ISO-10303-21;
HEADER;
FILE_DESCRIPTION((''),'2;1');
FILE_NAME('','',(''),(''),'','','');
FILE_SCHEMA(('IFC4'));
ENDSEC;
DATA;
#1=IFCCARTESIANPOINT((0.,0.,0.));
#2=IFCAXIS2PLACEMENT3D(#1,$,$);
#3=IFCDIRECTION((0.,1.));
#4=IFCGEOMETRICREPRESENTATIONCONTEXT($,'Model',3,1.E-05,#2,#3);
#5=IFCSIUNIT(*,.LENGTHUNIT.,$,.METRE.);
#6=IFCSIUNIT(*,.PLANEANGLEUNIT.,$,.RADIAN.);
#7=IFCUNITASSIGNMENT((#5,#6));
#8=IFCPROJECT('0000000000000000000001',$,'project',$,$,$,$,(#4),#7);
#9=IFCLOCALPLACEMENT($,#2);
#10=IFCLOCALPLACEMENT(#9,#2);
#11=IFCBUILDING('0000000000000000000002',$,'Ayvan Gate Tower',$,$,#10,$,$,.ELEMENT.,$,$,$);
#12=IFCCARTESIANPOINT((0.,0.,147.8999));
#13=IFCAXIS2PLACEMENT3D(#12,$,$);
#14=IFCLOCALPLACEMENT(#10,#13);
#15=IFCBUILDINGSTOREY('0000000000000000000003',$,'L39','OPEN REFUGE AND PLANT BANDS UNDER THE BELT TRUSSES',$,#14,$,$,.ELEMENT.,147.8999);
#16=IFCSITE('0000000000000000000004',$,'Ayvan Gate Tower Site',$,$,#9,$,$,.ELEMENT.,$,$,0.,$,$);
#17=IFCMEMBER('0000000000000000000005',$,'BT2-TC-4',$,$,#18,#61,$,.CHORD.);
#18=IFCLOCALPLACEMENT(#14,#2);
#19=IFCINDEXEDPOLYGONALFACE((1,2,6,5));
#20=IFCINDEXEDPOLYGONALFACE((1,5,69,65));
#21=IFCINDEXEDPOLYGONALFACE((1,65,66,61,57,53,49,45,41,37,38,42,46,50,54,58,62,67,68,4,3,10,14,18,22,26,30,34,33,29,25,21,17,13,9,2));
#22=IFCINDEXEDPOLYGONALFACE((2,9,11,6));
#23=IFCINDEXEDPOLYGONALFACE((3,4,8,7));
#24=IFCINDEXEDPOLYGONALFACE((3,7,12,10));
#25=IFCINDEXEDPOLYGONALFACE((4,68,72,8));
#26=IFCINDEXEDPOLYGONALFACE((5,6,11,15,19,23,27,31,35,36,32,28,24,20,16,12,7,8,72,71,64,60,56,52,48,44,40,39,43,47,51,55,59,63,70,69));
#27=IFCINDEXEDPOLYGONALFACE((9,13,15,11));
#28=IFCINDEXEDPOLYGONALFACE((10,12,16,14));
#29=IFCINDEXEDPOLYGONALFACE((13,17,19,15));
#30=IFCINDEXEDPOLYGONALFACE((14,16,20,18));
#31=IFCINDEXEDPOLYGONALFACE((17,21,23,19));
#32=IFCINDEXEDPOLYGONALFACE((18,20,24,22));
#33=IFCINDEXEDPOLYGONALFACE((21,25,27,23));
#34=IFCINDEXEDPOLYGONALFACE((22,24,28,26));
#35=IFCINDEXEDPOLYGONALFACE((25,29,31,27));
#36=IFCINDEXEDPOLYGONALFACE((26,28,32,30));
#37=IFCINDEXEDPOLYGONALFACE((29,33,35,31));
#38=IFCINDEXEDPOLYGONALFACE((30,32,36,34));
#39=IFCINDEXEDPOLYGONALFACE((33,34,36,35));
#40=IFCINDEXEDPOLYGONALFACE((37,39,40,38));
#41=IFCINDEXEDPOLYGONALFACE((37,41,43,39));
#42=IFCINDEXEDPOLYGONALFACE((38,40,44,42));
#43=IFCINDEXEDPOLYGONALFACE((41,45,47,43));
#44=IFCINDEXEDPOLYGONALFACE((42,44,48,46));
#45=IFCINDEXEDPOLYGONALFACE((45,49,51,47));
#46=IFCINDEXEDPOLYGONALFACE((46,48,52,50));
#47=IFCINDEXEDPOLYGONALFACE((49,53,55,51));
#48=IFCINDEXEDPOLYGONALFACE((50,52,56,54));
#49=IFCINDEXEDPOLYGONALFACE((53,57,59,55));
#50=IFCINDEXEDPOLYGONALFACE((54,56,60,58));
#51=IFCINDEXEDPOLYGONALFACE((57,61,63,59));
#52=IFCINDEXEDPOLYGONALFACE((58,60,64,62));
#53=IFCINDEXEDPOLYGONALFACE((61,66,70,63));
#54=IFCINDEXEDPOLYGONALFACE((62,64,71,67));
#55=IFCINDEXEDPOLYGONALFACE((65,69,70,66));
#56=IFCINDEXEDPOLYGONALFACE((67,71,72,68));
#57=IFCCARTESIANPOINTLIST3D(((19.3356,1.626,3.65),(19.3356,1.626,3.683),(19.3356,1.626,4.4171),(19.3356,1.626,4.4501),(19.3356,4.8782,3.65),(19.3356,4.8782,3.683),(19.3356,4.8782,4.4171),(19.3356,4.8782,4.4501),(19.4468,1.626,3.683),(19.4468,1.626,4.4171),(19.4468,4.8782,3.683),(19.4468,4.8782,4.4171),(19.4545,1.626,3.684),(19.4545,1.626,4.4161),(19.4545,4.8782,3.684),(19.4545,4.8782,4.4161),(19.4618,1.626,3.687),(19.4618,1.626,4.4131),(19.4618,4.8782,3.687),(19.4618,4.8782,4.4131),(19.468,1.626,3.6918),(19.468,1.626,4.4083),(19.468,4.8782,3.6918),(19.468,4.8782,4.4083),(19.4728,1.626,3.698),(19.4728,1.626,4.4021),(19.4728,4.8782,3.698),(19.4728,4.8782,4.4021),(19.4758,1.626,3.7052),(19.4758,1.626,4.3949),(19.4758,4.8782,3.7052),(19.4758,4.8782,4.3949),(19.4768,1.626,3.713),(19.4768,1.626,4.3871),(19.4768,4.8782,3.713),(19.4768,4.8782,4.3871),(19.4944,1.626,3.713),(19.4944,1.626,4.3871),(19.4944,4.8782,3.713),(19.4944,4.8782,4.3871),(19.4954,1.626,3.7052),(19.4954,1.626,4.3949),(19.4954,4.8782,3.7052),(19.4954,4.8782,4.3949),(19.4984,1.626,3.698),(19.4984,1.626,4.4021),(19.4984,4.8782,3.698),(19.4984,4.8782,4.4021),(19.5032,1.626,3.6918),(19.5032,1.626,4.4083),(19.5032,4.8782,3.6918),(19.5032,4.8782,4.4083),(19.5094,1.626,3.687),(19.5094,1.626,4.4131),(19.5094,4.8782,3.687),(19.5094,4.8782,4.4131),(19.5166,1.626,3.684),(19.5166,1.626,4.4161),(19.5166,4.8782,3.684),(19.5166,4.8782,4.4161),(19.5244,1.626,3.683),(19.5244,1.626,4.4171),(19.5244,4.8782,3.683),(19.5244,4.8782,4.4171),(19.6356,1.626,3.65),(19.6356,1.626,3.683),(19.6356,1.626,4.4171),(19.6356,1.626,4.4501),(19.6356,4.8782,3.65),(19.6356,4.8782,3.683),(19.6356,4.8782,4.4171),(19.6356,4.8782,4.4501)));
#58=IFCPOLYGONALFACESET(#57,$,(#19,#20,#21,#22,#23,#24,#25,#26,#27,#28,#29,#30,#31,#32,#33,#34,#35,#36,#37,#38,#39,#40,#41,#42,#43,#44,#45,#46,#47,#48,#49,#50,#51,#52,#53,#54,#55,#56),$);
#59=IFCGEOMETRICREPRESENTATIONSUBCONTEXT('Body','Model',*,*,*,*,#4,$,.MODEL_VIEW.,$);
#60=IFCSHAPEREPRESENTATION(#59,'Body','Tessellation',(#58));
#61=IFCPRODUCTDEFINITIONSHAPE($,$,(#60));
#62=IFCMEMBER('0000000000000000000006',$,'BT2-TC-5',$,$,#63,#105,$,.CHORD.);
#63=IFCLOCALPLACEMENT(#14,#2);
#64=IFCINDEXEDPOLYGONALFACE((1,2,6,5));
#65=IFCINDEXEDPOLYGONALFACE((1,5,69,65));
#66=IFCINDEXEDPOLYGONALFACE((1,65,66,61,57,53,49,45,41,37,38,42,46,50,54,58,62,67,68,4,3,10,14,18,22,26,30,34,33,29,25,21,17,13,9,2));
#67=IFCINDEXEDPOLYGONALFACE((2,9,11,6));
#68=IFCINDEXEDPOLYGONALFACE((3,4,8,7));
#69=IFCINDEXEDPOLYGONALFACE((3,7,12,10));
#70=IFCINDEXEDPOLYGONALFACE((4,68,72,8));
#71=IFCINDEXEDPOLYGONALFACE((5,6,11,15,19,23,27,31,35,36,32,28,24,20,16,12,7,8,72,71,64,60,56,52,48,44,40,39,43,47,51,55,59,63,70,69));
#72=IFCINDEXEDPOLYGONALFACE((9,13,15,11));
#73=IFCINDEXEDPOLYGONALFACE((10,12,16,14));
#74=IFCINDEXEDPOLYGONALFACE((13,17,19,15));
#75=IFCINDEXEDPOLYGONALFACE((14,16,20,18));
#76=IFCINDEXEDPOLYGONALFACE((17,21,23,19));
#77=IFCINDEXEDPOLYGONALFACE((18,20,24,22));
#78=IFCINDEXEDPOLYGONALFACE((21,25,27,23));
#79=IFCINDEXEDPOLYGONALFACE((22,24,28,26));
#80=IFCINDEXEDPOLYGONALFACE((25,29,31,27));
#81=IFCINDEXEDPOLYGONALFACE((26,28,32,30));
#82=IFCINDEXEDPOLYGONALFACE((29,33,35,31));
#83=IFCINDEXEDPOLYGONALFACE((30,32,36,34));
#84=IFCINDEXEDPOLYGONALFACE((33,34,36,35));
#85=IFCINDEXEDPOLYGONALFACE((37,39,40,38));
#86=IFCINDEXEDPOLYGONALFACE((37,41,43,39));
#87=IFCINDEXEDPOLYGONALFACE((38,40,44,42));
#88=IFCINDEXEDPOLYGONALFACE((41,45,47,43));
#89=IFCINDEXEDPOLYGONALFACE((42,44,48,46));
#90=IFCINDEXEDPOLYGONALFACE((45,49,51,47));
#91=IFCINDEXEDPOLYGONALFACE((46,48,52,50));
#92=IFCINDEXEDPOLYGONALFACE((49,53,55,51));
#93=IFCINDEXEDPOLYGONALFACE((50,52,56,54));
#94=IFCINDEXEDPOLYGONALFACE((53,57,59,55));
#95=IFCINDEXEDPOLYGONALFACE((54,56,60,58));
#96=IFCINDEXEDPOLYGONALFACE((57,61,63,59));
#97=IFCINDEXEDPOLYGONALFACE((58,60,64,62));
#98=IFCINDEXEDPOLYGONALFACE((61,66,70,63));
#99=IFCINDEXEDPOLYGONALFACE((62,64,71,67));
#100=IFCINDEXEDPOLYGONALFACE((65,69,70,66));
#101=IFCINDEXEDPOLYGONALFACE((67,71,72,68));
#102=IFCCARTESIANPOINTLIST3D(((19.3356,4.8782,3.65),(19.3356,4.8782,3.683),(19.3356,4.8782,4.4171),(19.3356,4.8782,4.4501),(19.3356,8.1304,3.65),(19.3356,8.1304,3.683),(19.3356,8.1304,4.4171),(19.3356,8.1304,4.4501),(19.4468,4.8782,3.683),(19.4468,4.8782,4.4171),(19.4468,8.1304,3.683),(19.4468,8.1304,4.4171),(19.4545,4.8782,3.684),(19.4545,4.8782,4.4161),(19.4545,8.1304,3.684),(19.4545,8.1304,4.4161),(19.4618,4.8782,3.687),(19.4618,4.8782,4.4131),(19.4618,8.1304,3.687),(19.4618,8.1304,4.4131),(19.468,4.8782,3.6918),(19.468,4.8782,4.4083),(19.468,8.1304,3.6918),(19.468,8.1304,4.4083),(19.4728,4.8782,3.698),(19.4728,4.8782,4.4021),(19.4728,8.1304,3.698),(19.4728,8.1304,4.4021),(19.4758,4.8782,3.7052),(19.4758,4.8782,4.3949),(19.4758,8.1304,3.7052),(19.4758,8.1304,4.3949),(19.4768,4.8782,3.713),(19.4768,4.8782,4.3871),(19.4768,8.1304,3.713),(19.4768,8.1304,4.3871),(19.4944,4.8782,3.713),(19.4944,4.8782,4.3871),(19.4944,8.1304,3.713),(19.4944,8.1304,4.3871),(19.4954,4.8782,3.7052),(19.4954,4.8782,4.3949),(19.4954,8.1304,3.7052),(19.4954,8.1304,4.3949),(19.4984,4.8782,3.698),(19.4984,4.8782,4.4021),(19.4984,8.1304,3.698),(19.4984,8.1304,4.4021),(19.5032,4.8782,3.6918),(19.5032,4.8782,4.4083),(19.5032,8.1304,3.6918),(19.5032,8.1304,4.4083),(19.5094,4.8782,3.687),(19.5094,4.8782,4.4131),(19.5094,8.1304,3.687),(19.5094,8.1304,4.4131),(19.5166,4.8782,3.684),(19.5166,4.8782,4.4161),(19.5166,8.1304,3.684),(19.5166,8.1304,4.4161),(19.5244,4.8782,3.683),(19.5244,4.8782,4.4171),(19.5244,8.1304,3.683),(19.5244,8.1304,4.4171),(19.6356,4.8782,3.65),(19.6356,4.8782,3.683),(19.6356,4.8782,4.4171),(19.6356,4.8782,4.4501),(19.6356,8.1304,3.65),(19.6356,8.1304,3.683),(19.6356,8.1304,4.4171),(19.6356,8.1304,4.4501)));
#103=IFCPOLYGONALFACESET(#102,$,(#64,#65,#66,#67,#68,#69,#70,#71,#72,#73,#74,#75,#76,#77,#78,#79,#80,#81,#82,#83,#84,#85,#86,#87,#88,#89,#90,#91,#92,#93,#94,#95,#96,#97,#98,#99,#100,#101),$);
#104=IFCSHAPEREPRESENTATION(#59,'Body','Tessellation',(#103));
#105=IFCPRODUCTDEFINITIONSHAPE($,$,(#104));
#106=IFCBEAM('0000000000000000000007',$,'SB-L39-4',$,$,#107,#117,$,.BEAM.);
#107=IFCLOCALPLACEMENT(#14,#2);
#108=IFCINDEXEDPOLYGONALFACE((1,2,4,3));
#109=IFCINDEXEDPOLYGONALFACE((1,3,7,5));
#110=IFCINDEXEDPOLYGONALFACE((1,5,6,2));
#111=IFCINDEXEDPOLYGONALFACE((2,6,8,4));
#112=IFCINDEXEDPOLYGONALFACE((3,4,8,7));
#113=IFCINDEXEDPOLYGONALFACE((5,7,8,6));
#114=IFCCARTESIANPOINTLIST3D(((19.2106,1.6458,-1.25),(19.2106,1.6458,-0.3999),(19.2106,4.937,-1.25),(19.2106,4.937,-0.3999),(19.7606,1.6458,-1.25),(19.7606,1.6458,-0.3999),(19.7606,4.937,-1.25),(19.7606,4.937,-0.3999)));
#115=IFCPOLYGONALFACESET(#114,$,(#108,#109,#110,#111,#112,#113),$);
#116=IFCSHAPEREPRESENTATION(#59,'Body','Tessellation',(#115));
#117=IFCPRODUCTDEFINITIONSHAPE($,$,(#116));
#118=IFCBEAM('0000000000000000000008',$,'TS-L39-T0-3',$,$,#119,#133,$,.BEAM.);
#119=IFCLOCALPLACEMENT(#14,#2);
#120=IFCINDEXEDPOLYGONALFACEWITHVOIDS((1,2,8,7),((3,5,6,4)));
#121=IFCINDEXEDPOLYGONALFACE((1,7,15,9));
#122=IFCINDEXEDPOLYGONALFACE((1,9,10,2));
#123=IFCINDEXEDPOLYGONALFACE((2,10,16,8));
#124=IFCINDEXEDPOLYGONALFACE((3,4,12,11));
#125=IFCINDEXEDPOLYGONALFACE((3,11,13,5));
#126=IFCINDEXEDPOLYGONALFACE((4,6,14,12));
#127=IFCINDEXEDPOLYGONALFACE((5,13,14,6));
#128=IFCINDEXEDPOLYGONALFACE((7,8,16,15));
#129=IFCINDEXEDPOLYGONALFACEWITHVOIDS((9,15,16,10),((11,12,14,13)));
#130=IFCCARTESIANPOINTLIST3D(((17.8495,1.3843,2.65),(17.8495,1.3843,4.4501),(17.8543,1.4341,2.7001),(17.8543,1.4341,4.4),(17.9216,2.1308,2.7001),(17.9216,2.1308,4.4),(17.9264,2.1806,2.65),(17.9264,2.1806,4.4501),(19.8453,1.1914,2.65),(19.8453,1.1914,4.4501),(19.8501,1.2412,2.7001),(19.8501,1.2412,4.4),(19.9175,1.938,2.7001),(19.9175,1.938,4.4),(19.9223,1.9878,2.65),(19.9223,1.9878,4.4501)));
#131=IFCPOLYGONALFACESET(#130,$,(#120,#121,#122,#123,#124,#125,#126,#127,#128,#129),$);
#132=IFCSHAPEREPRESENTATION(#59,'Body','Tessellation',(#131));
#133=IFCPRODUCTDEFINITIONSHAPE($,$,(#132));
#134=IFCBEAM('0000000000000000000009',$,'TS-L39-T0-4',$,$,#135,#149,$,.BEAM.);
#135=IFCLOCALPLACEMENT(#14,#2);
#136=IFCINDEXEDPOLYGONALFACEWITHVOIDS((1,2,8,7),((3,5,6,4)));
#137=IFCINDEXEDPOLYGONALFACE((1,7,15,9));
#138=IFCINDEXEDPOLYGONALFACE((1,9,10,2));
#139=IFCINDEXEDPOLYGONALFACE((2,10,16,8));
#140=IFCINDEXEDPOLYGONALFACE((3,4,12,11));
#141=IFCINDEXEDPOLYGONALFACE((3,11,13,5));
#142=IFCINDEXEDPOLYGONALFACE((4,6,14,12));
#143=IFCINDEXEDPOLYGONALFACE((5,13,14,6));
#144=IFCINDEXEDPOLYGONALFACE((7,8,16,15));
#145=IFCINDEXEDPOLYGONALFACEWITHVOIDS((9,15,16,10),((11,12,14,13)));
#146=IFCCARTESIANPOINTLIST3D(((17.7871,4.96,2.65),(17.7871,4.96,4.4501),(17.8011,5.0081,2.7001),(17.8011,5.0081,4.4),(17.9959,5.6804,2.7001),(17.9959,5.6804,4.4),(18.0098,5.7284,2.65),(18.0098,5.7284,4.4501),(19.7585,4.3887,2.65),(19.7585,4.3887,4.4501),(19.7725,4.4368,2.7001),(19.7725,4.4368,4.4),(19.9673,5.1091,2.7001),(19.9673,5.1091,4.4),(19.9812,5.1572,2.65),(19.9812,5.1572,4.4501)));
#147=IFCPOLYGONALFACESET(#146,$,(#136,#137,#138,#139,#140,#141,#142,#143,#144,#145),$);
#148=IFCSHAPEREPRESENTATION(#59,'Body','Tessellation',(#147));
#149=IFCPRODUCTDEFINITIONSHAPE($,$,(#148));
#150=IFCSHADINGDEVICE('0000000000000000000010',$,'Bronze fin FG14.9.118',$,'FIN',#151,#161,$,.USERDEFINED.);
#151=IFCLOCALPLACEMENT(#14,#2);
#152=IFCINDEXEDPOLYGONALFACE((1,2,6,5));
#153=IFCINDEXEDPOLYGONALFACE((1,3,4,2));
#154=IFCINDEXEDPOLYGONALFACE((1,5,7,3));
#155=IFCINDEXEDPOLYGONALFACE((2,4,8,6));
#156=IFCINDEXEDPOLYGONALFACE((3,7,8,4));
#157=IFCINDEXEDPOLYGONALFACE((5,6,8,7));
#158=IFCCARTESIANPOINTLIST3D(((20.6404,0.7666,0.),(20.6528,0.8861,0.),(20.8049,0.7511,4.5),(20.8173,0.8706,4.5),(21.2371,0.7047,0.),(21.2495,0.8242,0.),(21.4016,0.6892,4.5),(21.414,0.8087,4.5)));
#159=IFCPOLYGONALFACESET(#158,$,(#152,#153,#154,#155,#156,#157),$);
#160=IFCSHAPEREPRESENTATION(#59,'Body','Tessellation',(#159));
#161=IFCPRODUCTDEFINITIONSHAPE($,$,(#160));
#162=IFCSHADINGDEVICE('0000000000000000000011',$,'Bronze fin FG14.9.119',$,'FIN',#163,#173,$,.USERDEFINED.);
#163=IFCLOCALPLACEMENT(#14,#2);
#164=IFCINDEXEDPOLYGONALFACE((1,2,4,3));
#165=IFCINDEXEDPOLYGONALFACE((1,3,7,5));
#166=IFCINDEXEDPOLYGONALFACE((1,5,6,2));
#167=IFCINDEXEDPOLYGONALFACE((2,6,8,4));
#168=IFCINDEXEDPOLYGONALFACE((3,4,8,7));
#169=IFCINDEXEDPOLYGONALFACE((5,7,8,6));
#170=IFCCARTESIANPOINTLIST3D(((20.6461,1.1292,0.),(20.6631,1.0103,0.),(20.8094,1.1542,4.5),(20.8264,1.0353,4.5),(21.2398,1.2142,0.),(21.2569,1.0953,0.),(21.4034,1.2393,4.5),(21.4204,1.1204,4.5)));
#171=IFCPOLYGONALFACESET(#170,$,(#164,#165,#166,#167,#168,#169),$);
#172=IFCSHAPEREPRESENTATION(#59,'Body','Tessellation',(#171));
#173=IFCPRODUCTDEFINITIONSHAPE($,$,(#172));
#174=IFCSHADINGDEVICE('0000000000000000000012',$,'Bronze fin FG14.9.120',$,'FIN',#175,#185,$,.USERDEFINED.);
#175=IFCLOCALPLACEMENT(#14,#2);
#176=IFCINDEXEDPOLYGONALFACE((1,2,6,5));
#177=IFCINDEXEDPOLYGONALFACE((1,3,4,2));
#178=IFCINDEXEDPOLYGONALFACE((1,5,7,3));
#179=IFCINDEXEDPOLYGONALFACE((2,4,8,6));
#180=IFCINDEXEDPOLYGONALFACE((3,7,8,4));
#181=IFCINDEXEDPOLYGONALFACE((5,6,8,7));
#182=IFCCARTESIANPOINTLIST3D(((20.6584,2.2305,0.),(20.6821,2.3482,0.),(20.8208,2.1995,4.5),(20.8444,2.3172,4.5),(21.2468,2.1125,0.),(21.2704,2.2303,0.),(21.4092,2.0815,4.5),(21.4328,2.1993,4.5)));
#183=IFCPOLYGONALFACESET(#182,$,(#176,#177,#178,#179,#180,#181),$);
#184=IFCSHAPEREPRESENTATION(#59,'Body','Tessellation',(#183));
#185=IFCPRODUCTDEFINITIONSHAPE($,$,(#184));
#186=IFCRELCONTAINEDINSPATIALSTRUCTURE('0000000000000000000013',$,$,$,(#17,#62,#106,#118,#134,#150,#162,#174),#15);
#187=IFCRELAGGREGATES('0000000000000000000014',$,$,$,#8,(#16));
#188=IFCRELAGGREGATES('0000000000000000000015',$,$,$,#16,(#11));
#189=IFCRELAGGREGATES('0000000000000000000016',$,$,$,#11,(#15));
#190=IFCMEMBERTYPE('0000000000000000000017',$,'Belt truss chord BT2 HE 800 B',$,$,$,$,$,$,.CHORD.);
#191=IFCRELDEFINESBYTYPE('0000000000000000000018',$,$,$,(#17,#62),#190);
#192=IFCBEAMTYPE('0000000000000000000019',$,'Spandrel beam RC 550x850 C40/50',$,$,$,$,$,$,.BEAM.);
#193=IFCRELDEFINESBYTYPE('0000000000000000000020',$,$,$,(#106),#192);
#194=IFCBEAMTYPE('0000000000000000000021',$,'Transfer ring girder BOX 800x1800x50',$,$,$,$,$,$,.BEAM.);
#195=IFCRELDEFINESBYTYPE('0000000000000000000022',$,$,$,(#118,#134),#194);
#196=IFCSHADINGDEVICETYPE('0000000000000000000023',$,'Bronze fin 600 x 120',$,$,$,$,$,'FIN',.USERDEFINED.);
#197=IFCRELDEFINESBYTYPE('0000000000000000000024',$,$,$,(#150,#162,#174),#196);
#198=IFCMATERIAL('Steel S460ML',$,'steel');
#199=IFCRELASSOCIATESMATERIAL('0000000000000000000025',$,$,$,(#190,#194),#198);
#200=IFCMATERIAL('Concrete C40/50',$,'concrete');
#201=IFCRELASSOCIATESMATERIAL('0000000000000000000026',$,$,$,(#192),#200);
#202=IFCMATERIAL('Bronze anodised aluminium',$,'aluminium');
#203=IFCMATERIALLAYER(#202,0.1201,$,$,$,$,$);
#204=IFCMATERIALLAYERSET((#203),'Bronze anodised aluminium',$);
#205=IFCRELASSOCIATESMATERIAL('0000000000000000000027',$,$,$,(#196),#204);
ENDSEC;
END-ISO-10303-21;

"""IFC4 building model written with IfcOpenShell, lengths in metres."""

from ifc_helpers import new_model, si_unit, direction, frame, origin, origin_2d, place, context, subcontext, project, spatial, polyline, rectangle, hollow_rectangle, i_section, outline, extrude, material, layer, layer_set, material_profile, profile_set, type_object, element, save


model = new_model("IFC4")

# Units and contexts
model_context = context("Model", 3, precision=1e-05, world=origin(), true_north=direction((0.0, 1.0)))
body_context = subcontext(model_context, "Body", "Model", "MODEL_VIEW")
ifc_project = project(units=[si_unit("LENGTHUNIT", "METRE"), si_unit("PLANEANGLEUNIT", "RADIAN")], contexts=[model_context])

# Site, building, storey
site_placement = place(None, origin())
site = spatial("IfcSite", under=ifc_project, at=site_placement, Name="Ayvan Gate Tower Site", CompositionType="ELEMENT", RefElevation=0.0)
building_placement = place(site_placement, origin())
building = spatial("IfcBuilding", under=site, at=building_placement, Name="Ayvan Gate Tower", CompositionType="ELEMENT")
storey_placement = place(building_placement, frame((0.0, 0.0, 147.8999)))
storey = spatial("IfcBuildingStorey", under=building, at=storey_placement, Name="L39", Description="OPEN REFUGE AND PLANT BANDS UNDER THE BELT TRUSSES", CompositionType="ELEMENT", Elevation=147.8999)

# Members
ifc_material_1 = material(Name="Steel S460ML", Category="steel")
ifc_material_profile_1 = material_profile(ifc_material_1, i_section(OverallWidth=0.3, OverallDepth=0.8, WebThickness=0.0176, FlangeThickness=0.033, FilletRadius=0.03, at=origin_2d()), Name="HE 800 B")
ifc_profile_set_1 = profile_set([ifc_material_profile_1], Name="Steel S460ML")
member_type_1 = type_object("IfcMemberType", Name="Belt truss chord BT2 HE 800 B", PredefinedType="CHORD", material=ifc_profile_set_1)
for number, where, z_axis, x_axis, name in (
    (1, (19.4856, 1.626, 4.05), (0.0, 1.0, 0.0), (-1.0, 0.0, 0.0), "BT2-TC-4"),
    (2, (19.4856, 4.8782, 4.05), (0.0, 1.0, 0.0), (-1.0, 0.0, 0.0), "BT2-TC-5"),
):
    element("IfcMember", number, at=place(storey_placement, frame(where, z_axis=z_axis, x_axis=x_axis)), inside=storey, type_object=member_type_1, Name=name, PredefinedType="CHORD", context=body_context, shape_type="SweptSolid", body=[
        extrude(i_section(OverallWidth=0.3, OverallDepth=0.8, WebThickness=0.0176, FlangeThickness=0.033, FilletRadius=0.03, at=origin_2d()), origin(), (0.0, 0.0, 1.0), 3.2522),
    ])

# Beams
ifc_material_2 = material(Name="Concrete C40/50", Category="concrete")
ifc_material_profile_2 = material_profile(ifc_material_2, rectangle(XDim=0.55, YDim=0.8501, at=origin_2d()), Name="RC 550x850")
ifc_profile_set_2 = profile_set([ifc_material_profile_2], Name="Concrete C40/50")
beam_type_1 = type_object("IfcBeamType", Name="Spandrel beam RC 550x850 C40/50", PredefinedType="BEAM", material=ifc_profile_set_2)
beam_1_placement = place(storey_placement, frame((19.4856, 1.6458, -0.825), z_axis=(0.0, 1.0, 0.0), x_axis=(-1.0, 0.0, 0.0)))
element("IfcBeam", 3, at=beam_1_placement, inside=storey, type_object=beam_type_1, Name="SB-L39-4", PredefinedType="BEAM", context=body_context, shape_type="SweptSolid", body=[
    extrude(rectangle(XDim=0.55, YDim=0.8501, at=origin_2d()), origin(), (0.0, 0.0, 1.0), 3.2913),
])
ifc_material_profile_3 = material_profile(ifc_material_1, hollow_rectangle(XDim=0.8, YDim=1.8, WallThickness=0.05, at=origin_2d()), Name="BOX 800x1800x50")
ifc_profile_set_3 = profile_set([ifc_material_profile_3], Name="Steel S460ML")
beam_type_2 = type_object("IfcBeamType", Name="Transfer ring girder BOX 800x1800x50", PredefinedType="BEAM", material=ifc_profile_set_3)
beam_2_placement = place(storey_placement, frame((19.8838, 1.5896, 3.55), z_axis=(-0.995363, 0.096188, 0.0), x_axis=(-0.096188, -0.995363, 0.0)))
element("IfcBeam", 4, at=beam_2_placement, inside=storey, type_object=beam_type_2, Name="TS-L39-T0-3", PredefinedType="BEAM", context=body_context, shape_type="SweptSolid", body=[
    extrude(hollow_rectangle(XDim=0.8, YDim=1.8, WallThickness=0.05, at=origin_2d()), origin(), (0.0, 0.0, 1.0), 2.0051),
])
beam_3_placement = place(storey_placement, frame((19.8699, 4.7729, 3.55), z_axis=(-0.960485, 0.278332, 0.0), x_axis=(-0.278332, -0.960485, 0.0)))
element("IfcBeam", 5, at=beam_3_placement, inside=storey, type_object=beam_type_2, Name="TS-L39-T0-4", PredefinedType="BEAM", context=body_context, shape_type="SweptSolid", body=[
    extrude(hollow_rectangle(XDim=0.8, YDim=1.8, WallThickness=0.05, at=origin_2d()), origin(), (0.0, 0.0, 1.0), 2.0525),
])

# Shading devices
ifc_material_3 = material(Name="Bronze anodised aluminium", Category="aluminium")
ifc_layer_1 = layer(ifc_material_3, 0.1201)
ifc_layer_set_1 = layer_set([ifc_layer_1], Name="Bronze anodised aluminium")
shading_device_type = type_object("IfcShadingDeviceType", Name="Bronze fin 600 x 120", ElementType="FIN", PredefinedType="USERDEFINED", material=ifc_layer_set_1)
shading_device_1_placement = place(storey_placement, frame((20.6404, 0.7666, 0.0), z_axis=(-0.10317, -0.994664, 0.000346), x_axis=(0.994664, -0.10317, 0.0)))
element("IfcShadingDevice", 6, at=shading_device_1_placement, inside=storey, type_object=shading_device_type, Name="Bronze fin FG14.9.118", ObjectType="FIN", PredefinedType="USERDEFINED", context=body_context, shape_type="SweptSolid", body=[
    extrude(outline(polyline([(0.0, 0.0), (0.5999, 0.0), (0.7652, 4.5), (0.1653, 4.5), (0.0, 0.0)])), origin(), (0.0, 0.0, -1.0), 0.1201),
])
shading_device_2_placement = place(storey_placement, frame((20.6631, 1.0103, 0.0), z_axis=(0.14182, -0.989892, 0.000353), x_axis=(0.989892, 0.14182, 0.0)))
element("IfcShadingDevice", 7, at=shading_device_2_placement, inside=storey, type_object=shading_device_type, Name="Bronze fin FG14.9.119", ObjectType="FIN", PredefinedType="USERDEFINED", context=body_context, shape_type="SweptSolid", body=[
    extrude(outline(polyline([(0.0, 0.0), (0.5998, 0.0), (0.7653, 4.5), (0.1652, 4.5), (0.0, 0.0)])), origin(), (0.0, 0.0, -1.0), 0.1201),
])
shading_device_3_placement = place(storey_placement, frame((20.6584, 2.2305, 0.0), z_axis=(-0.196507, -0.980502, 0.000334), x_axis=(0.980502, -0.196507, 0.0)))
element("IfcShadingDevice", 8, at=shading_device_3_placement, inside=storey, type_object=shading_device_type, Name="Bronze fin FG14.9.120", ObjectType="FIN", PredefinedType="USERDEFINED", context=body_context, shape_type="SweptSolid", body=[
    extrude(outline(polyline([(0.0, 0.0), (0.6001, 0.0), (0.7654, 4.5), (0.1653, 4.5), (0.0, 0.0)])), origin(), (0.0, 0.0, -1.0), 0.1201),
])

save(model, "model.ifc")
